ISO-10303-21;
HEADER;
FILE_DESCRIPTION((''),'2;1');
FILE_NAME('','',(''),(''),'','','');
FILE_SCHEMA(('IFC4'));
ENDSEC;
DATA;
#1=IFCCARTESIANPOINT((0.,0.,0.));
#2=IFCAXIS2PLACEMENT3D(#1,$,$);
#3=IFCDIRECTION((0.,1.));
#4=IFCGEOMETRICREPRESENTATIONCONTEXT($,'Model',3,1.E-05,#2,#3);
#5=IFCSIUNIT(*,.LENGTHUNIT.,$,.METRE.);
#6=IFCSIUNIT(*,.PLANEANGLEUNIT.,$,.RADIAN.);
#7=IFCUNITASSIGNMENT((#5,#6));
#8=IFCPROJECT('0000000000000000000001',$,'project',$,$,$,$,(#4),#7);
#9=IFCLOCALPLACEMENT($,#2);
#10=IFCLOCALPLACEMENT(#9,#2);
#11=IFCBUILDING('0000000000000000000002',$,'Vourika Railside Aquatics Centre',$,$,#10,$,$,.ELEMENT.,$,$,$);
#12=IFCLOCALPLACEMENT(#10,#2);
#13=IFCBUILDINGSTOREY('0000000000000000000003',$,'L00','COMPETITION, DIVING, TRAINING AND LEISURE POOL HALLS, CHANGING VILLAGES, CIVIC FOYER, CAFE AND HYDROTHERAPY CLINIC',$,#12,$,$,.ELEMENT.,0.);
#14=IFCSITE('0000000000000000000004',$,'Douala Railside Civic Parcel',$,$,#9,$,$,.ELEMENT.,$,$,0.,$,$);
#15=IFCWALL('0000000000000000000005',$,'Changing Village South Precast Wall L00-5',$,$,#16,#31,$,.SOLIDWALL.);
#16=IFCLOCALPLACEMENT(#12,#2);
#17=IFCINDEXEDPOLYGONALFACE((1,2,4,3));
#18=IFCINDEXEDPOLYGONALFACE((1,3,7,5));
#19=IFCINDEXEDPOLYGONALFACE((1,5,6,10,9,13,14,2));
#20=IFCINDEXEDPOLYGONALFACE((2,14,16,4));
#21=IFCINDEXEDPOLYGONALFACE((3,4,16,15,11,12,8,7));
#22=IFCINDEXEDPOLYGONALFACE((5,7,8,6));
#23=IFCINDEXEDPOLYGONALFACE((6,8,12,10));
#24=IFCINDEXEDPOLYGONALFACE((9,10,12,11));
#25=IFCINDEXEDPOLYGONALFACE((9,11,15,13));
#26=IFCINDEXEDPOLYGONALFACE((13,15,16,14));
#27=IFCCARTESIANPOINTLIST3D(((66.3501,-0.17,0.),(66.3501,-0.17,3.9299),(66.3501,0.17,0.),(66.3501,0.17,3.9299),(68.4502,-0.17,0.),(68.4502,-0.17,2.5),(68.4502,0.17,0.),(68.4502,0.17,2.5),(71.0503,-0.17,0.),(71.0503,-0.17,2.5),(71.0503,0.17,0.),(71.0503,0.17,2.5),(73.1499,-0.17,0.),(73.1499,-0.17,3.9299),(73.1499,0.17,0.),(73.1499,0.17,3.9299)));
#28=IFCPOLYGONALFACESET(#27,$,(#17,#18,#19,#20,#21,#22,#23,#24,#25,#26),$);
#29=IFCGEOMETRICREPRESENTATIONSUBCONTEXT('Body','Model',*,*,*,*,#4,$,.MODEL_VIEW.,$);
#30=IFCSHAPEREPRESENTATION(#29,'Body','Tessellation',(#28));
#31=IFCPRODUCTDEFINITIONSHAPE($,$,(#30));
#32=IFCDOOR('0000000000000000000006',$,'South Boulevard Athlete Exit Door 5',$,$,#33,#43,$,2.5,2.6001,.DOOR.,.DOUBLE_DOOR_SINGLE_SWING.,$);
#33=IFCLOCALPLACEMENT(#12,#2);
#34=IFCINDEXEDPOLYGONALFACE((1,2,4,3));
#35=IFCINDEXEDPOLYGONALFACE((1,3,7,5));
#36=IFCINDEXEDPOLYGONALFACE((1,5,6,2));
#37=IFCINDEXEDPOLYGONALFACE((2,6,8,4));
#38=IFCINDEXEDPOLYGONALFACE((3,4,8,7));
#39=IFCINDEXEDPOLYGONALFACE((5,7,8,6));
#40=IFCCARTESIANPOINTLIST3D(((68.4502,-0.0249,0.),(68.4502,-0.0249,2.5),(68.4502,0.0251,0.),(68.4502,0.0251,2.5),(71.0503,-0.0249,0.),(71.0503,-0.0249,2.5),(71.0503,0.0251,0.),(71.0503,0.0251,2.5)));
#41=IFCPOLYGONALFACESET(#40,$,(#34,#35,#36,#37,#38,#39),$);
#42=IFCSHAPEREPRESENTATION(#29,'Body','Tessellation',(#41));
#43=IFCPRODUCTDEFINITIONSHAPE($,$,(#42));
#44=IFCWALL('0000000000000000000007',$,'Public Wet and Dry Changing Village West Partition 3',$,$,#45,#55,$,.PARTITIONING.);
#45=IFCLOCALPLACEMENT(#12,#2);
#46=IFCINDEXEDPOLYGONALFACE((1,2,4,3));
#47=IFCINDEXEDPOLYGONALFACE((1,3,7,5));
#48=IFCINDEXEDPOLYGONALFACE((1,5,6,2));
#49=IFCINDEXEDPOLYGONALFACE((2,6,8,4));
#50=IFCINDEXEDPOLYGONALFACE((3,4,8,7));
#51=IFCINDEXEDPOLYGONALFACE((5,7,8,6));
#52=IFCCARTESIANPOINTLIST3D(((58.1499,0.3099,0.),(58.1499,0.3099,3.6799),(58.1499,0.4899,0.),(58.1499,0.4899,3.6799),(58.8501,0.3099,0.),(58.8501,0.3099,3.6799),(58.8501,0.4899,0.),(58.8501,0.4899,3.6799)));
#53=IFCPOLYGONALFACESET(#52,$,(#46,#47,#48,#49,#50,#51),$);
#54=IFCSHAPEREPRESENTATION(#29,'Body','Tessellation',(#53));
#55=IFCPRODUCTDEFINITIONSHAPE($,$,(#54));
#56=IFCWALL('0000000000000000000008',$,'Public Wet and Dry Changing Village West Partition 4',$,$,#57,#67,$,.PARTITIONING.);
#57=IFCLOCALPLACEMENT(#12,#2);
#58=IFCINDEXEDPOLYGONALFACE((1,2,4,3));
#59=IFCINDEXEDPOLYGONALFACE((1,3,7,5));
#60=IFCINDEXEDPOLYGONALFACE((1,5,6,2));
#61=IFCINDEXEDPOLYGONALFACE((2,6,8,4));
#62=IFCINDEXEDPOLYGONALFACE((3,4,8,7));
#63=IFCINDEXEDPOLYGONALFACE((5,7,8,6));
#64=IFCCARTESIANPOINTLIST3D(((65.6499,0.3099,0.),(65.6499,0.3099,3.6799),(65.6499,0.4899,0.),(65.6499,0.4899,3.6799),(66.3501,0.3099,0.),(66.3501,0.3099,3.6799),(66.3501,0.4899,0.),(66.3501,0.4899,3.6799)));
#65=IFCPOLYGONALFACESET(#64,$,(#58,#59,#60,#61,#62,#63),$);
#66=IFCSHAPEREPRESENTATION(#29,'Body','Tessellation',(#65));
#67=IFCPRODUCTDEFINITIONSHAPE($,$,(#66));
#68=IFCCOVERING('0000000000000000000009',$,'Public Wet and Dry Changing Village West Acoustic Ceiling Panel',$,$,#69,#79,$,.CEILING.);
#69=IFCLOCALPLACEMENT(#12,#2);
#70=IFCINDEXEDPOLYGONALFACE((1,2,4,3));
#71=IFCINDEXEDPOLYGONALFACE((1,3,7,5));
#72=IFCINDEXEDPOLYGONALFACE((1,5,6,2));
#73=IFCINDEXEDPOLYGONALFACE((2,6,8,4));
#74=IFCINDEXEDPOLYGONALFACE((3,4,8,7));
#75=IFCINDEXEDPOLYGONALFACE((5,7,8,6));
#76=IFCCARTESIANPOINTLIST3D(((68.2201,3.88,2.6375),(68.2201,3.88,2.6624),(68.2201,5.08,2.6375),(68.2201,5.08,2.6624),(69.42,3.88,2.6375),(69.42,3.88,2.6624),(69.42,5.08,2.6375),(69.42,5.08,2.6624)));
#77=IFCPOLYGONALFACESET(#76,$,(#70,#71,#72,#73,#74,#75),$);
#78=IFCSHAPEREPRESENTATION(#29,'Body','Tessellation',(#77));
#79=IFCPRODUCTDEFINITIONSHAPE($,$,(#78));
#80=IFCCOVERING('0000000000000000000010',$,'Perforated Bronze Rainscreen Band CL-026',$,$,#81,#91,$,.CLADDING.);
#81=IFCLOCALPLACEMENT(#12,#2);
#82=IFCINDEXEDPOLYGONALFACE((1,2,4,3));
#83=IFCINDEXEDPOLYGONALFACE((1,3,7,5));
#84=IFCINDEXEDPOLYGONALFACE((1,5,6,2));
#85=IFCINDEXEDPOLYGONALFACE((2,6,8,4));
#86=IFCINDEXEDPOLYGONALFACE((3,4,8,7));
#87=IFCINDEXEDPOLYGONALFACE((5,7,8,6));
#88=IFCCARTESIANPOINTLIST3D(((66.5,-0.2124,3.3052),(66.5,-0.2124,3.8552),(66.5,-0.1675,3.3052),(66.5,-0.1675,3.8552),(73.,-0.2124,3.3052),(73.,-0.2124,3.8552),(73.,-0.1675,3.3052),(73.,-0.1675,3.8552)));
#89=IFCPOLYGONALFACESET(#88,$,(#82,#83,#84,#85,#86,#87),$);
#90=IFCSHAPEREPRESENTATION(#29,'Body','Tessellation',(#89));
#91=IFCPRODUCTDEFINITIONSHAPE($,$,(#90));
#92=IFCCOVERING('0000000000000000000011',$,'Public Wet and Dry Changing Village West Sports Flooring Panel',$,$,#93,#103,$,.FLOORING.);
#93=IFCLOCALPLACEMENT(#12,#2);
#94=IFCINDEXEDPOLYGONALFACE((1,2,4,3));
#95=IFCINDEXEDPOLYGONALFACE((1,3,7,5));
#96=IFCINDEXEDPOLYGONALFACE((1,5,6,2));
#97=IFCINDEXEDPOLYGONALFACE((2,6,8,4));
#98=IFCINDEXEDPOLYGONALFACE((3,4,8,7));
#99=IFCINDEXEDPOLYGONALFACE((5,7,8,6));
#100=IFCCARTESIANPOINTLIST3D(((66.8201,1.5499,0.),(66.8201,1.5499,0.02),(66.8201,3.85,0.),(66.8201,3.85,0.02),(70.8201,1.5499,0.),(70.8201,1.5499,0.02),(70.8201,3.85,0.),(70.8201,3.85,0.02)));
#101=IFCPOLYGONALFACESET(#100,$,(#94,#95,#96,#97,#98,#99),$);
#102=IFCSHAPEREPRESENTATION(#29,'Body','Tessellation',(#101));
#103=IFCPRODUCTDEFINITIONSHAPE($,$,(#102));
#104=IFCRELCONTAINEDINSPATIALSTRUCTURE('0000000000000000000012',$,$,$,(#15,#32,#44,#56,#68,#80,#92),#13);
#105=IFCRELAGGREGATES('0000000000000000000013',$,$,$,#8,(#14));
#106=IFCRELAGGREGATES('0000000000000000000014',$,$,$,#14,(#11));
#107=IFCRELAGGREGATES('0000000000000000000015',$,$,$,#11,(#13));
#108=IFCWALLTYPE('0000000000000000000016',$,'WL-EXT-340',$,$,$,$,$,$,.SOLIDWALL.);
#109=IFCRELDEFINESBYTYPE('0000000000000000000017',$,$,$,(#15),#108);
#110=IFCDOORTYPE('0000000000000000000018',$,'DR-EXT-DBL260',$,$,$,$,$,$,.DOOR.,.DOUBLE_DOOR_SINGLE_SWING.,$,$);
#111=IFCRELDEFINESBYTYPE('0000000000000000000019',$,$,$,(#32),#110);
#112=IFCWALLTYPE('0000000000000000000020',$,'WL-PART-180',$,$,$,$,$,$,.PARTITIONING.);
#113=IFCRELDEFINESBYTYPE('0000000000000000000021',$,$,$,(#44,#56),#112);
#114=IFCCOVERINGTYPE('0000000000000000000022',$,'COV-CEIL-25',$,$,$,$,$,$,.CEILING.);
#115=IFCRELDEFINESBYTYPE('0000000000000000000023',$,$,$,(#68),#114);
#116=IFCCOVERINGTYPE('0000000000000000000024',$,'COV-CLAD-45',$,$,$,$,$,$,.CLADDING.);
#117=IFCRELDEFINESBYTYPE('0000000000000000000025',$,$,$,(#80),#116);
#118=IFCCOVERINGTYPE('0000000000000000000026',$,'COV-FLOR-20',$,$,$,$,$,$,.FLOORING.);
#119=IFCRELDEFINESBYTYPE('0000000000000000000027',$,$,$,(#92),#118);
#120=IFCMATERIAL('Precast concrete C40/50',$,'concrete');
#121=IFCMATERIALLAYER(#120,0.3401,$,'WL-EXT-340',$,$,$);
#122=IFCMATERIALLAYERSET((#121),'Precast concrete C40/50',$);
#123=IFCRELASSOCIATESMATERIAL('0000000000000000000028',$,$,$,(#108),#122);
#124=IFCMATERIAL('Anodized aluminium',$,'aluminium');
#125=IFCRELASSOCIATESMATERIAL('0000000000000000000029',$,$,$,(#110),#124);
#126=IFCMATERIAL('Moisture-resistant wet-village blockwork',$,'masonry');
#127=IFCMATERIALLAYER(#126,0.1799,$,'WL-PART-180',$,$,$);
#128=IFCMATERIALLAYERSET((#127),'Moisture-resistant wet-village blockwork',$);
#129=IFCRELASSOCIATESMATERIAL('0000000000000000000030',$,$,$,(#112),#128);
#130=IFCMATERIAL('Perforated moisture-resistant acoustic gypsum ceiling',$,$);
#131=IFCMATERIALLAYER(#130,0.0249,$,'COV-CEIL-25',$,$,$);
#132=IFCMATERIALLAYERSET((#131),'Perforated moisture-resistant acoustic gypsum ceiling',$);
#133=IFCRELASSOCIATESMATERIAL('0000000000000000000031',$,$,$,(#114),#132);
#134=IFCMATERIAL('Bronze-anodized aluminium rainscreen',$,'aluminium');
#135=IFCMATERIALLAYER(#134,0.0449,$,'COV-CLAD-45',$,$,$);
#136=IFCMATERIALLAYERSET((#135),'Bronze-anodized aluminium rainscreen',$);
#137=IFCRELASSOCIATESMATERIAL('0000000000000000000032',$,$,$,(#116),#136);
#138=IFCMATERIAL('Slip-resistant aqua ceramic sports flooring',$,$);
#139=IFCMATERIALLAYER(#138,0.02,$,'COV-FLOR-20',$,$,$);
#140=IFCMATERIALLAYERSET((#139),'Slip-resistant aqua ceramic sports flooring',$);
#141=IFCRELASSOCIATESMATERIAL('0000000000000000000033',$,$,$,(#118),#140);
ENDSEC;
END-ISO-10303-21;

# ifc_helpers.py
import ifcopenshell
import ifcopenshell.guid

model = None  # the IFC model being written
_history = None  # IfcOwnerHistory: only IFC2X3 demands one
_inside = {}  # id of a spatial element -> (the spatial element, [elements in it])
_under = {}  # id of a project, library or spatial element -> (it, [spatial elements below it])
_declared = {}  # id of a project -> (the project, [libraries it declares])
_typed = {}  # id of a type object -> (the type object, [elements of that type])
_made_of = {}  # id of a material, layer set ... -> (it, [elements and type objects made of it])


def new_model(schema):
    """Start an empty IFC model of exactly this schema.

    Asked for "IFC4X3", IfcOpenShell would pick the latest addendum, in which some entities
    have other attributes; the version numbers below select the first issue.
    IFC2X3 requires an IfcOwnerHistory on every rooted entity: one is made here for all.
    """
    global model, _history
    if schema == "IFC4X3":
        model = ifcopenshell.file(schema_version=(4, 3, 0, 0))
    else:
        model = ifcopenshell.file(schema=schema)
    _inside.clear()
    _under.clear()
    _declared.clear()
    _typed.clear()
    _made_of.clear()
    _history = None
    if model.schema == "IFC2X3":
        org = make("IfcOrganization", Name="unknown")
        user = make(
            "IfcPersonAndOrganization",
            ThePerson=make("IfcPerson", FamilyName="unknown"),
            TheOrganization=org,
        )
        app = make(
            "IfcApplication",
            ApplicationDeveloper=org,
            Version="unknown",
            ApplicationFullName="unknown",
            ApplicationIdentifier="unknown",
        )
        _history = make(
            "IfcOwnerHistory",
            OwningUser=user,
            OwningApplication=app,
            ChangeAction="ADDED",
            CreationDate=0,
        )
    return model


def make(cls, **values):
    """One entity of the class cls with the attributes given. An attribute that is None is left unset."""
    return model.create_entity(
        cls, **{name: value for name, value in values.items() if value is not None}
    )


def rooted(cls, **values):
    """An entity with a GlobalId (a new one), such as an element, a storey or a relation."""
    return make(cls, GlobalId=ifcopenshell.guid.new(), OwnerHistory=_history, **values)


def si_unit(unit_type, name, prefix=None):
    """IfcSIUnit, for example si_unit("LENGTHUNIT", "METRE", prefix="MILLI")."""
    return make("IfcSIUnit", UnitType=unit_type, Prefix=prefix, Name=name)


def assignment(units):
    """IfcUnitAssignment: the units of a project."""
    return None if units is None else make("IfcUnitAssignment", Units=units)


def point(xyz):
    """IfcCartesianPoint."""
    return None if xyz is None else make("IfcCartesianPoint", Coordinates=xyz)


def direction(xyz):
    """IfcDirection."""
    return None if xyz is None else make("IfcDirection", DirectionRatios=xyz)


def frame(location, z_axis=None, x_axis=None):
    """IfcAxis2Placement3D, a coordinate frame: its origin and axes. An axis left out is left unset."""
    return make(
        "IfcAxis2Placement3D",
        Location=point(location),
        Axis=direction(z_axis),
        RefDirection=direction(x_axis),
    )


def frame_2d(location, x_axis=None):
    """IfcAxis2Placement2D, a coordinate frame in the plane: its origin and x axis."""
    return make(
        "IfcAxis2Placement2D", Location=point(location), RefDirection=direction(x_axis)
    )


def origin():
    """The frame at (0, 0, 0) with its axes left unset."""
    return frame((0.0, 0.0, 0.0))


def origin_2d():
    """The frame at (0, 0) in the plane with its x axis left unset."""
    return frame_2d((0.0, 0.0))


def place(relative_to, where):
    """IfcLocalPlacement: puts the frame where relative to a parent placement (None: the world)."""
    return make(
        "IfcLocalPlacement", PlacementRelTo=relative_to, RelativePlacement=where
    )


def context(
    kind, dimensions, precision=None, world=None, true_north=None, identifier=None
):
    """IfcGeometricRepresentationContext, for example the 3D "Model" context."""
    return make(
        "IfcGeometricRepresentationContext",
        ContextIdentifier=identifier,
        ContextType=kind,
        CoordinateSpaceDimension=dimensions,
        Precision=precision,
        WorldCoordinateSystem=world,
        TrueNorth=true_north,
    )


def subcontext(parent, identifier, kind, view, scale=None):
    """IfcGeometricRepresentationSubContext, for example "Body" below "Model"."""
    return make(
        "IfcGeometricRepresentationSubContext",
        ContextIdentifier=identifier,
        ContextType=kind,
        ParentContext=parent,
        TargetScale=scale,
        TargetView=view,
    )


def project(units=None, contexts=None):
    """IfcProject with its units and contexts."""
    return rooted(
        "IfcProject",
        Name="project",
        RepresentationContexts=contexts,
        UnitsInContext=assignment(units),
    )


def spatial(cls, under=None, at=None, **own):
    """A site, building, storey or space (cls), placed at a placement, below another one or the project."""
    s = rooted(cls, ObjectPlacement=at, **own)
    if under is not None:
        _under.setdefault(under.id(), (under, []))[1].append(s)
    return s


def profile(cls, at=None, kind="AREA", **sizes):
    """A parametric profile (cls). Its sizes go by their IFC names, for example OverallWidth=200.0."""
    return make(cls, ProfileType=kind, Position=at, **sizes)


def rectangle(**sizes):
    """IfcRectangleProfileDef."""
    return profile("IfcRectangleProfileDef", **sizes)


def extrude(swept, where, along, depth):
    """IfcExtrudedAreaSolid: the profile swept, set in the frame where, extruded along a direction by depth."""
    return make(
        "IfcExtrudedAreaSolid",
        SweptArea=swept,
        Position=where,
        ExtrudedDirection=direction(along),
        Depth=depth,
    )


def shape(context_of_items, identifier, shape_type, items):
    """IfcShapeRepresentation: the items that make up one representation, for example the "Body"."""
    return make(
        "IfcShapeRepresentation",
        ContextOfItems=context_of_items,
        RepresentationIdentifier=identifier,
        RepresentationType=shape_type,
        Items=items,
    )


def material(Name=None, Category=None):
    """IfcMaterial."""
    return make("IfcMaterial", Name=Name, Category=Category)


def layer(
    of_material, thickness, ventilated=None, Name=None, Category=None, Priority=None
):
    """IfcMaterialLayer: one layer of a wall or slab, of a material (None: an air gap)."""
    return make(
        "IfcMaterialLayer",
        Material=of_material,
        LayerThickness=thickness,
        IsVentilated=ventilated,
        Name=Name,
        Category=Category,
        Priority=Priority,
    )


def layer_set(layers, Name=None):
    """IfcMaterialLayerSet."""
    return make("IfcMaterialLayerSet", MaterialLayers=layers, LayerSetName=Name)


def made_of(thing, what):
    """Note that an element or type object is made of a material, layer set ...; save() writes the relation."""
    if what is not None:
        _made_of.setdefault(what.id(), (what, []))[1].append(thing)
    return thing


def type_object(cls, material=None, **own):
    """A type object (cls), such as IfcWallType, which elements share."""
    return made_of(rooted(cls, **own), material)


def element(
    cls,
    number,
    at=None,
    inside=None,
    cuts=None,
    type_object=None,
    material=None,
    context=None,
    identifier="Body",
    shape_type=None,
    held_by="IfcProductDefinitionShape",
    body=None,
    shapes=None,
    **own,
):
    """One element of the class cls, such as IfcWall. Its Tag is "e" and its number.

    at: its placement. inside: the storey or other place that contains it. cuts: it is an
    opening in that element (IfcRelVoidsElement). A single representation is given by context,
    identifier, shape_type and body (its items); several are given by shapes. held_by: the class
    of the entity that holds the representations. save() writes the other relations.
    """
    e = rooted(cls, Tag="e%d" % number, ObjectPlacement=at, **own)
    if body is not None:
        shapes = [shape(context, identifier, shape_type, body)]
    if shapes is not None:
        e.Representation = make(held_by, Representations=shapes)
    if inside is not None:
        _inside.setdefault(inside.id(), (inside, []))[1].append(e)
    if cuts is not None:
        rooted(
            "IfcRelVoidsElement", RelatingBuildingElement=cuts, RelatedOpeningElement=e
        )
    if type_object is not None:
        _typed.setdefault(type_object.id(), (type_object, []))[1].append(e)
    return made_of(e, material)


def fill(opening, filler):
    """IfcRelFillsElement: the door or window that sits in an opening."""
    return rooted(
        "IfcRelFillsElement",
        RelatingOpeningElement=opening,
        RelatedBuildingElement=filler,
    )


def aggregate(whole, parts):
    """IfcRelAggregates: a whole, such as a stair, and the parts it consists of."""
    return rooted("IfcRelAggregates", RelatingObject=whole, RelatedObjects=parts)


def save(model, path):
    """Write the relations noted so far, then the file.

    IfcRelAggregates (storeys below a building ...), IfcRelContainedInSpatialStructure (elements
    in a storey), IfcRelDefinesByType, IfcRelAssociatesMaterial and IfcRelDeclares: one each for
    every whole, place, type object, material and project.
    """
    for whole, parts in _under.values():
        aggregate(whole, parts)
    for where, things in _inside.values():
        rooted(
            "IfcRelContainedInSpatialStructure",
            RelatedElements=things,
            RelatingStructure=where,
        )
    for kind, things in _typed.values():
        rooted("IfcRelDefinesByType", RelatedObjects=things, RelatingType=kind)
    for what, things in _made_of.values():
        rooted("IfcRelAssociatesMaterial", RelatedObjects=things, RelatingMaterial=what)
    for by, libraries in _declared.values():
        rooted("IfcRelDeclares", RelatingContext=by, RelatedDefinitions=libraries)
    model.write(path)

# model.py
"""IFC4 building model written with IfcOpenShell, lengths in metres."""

from ifc_helpers import new_model, si_unit, direction, frame, frame_2d, origin, origin_2d, place, context, subcontext, project, spatial, rectangle, extrude, material, layer, layer_set, type_object, element, fill, save


model = new_model("IFC4")

# Units and contexts
model_context = context("Model", 3, precision=1e-05, world=origin(), true_north=direction((0.0, 1.0)))
body_context = subcontext(model_context, "Body", "Model", "MODEL_VIEW")
ifc_project = project(units=[si_unit("LENGTHUNIT", "METRE"), si_unit("PLANEANGLEUNIT", "RADIAN")], contexts=[model_context])

# Site, building, storey
site_placement = place(None, origin())
site = spatial("IfcSite", under=ifc_project, at=site_placement, Name="Douala Railside Civic Parcel", CompositionType="ELEMENT", RefElevation=0.0)
building_placement = place(site_placement, origin())
building = spatial("IfcBuilding", under=site, at=building_placement, Name="Vourika Railside Aquatics Centre", CompositionType="ELEMENT")
storey_placement = place(building_placement, origin())
storey = spatial("IfcBuildingStorey", under=building, at=storey_placement, Name="L00", Description="COMPETITION, DIVING, TRAINING AND LEISURE POOL HALLS, CHANGING VILLAGES, CIVIC FOYER, CAFE AND HYDROTHERAPY CLINIC", CompositionType="ELEMENT", Elevation=0.0)

# Shared definitions
ifc_material_1 = material(Name="Precast concrete C40/50", Category="concrete")
ifc_layer_1 = layer(ifc_material_1, 0.3401, Name="WL-EXT-340")
ifc_layer_set_1 = layer_set([ifc_layer_1], Name="Precast concrete C40/50")
wall_type_1 = type_object("IfcWallType", Name="WL-EXT-340", PredefinedType="SOLIDWALL", material=ifc_layer_set_1)

# Wall, opening, door
wall_1_placement = place(storey_placement, frame((66.3501, 0.0, 0.0), z_axis=(0.0, 0.0, 1.0), x_axis=(1.0, 0.0, 0.0)))
wall_1 = element("IfcWall", 1, at=wall_1_placement, inside=storey, type_object=wall_type_1, Name="Changing Village South Precast Wall L00-5", PredefinedType="SOLIDWALL", context=body_context, shape_type="SweptSolid", body=[
    extrude(rectangle(XDim=6.7998, YDim=0.3401, at=frame_2d((3.3999, 0.0))), origin(), (0.0, 0.0, 1.0), 3.9299),
])
opening_1_placement = place(wall_1_placement, frame((2.1001, 0.0, 0.0)))
opening_1 = element("IfcOpeningElement", 2, at=opening_1_placement, cuts=wall_1, PredefinedType="OPENING", context=body_context, shape_type="SweptSolid", body=[
    extrude(rectangle(XDim=2.6001, YDim=2.5, at=frame_2d((1.3, 1.25))), frame((0.0, 0.1802, 0.0), z_axis=(0.0, -1.0, 0.0), x_axis=(1.0, 0.0, 0.0)), (0.0, 0.0, 1.0), 0.3601),
])
ifc_material_2 = material(Name="Anodized aluminium", Category="aluminium")
door_type = type_object("IfcDoorType", Name="DR-EXT-DBL260", OperationType="DOUBLE_DOOR_SINGLE_SWING", PredefinedType="DOOR", material=ifc_material_2)
door_placement = place(opening_1_placement, frame((2.6001, 0.0, 0.0), z_axis=(0.0, 0.0, 1.0), x_axis=(-1.0, 0.0, 0.0)))
door = element("IfcDoor", 3, at=door_placement, inside=storey, type_object=door_type, Name="South Boulevard Athlete Exit Door 5", OperationType="DOUBLE_DOOR_SINGLE_SWING", OverallHeight=2.5, OverallWidth=2.6001, PredefinedType="DOOR", context=body_context, shape_type="SweptSolid", body=[
    extrude(rectangle(XDim=2.6001, YDim=2.5, at=frame_2d((1.3, 1.25))), frame((0.0, 0.0249, 0.0), z_axis=(0.0, -1.0, 0.0), x_axis=(1.0, 0.0, 0.0)), (0.0, 0.0, 1.0), 0.05),
])
fill(opening_1, door)

# Walls
ifc_material_3 = material(Name="Moisture-resistant wet-village blockwork", Category="masonry")
ifc_layer_2 = layer(ifc_material_3, 0.1799, Name="WL-PART-180")
ifc_layer_set_2 = layer_set([ifc_layer_2], Name="Moisture-resistant wet-village blockwork")
wall_type_2 = type_object("IfcWallType", Name="WL-PART-180", PredefinedType="PARTITIONING", material=ifc_layer_set_2)
for number, where, z_axis, x_axis, name in (
    (4, (58.8501, 0.3999, 0.0), (0.0, 0.0, 1.0), (-1.0, 0.0, 0.0), "Public Wet and Dry Changing Village West Partition 3"),
    (5, (66.3501, 0.3999, 0.0), (0.0, 0.0, 1.0), (-1.0, 0.0, 0.0), "Public Wet and Dry Changing Village West Partition 4"),
):
    element("IfcWall", number, at=place(storey_placement, frame(where, z_axis=z_axis, x_axis=x_axis)), inside=storey, type_object=wall_type_2, Name=name, PredefinedType="PARTITIONING", context=body_context, shape_type="SweptSolid", body=[
        extrude(rectangle(XDim=0.7002, YDim=0.1799, at=frame_2d((0.3501, 0.0))), origin(), (0.0, 0.0, 1.0), 3.6799),
    ])

# Coverings
ifc_material_4 = material(Name="Perforated moisture-resistant acoustic gypsum ceiling")
ifc_layer_3 = layer(ifc_material_4, 0.0249, Name="COV-CEIL-25")
ifc_layer_set_3 = layer_set([ifc_layer_3], Name="Perforated moisture-resistant acoustic gypsum ceiling")
covering_type_1 = type_object("IfcCoveringType", Name="COV-CEIL-25", PredefinedType="CEILING", material=ifc_layer_set_3)
covering_1_placement = place(storey_placement, frame((68.8201, 4.48, 2.6375), z_axis=(0.0, 0.0, 1.0), x_axis=(1.0, 0.0, 0.0)))
element("IfcCovering", 6, at=covering_1_placement, inside=storey, type_object=covering_type_1, Name="Public Wet and Dry Changing Village West Acoustic Ceiling Panel", PredefinedType="CEILING", context=body_context, shape_type="SweptSolid", body=[
    extrude(rectangle(XDim=1.2, YDim=1.2, at=origin_2d()), origin(), (0.0, 0.0, 1.0), 0.0249),
])
ifc_material_5 = material(Name="Bronze-anodized aluminium rainscreen", Category="aluminium")
ifc_layer_4 = layer(ifc_material_5, 0.0449, Name="COV-CLAD-45")
ifc_layer_set_4 = layer_set([ifc_layer_4], Name="Bronze-anodized aluminium rainscreen")
covering_type_2 = type_object("IfcCoveringType", Name="COV-CLAD-45", PredefinedType="CLADDING", material=ifc_layer_set_4)
covering_2_placement = place(storey_placement, frame((69.75, -0.1899, 3.3052), z_axis=(0.0, 0.0, 1.0), x_axis=(1.0, 0.0, 0.0)))
element("IfcCovering", 7, at=covering_2_placement, inside=storey, type_object=covering_type_2, Name="Perforated Bronze Rainscreen Band CL-026", PredefinedType="CLADDING", context=body_context, shape_type="SweptSolid", body=[
    extrude(rectangle(XDim=6.5, YDim=0.0449, at=origin_2d()), origin(), (0.0, 0.0, 1.0), 0.55),
])
ifc_material_6 = material(Name="Slip-resistant aqua ceramic sports flooring")
ifc_layer_5 = layer(ifc_material_6, 0.02, Name="COV-FLOR-20")
ifc_layer_set_5 = layer_set([ifc_layer_5], Name="Slip-resistant aqua ceramic sports flooring")
covering_type_3 = type_object("IfcCoveringType", Name="COV-FLOR-20", PredefinedType="FLOORING", material=ifc_layer_set_5)
covering_3_placement = place(storey_placement, frame((68.8201, 2.7, 0.0), z_axis=(0.0, 0.0, 1.0), x_axis=(1.0, 0.0, 0.0)))
element("IfcCovering", 8, at=covering_3_placement, inside=storey, type_object=covering_type_3, Name="Public Wet and Dry Changing Village West Sports Flooring Panel", PredefinedType="FLOORING", context=body_context, shape_type="SweptSolid", body=[
    extrude(rectangle(XDim=4.0, YDim=2.3, at=origin_2d()), origin(), (0.0, 0.0, 1.0), 0.02),
])

save(model, "model.ifc")
